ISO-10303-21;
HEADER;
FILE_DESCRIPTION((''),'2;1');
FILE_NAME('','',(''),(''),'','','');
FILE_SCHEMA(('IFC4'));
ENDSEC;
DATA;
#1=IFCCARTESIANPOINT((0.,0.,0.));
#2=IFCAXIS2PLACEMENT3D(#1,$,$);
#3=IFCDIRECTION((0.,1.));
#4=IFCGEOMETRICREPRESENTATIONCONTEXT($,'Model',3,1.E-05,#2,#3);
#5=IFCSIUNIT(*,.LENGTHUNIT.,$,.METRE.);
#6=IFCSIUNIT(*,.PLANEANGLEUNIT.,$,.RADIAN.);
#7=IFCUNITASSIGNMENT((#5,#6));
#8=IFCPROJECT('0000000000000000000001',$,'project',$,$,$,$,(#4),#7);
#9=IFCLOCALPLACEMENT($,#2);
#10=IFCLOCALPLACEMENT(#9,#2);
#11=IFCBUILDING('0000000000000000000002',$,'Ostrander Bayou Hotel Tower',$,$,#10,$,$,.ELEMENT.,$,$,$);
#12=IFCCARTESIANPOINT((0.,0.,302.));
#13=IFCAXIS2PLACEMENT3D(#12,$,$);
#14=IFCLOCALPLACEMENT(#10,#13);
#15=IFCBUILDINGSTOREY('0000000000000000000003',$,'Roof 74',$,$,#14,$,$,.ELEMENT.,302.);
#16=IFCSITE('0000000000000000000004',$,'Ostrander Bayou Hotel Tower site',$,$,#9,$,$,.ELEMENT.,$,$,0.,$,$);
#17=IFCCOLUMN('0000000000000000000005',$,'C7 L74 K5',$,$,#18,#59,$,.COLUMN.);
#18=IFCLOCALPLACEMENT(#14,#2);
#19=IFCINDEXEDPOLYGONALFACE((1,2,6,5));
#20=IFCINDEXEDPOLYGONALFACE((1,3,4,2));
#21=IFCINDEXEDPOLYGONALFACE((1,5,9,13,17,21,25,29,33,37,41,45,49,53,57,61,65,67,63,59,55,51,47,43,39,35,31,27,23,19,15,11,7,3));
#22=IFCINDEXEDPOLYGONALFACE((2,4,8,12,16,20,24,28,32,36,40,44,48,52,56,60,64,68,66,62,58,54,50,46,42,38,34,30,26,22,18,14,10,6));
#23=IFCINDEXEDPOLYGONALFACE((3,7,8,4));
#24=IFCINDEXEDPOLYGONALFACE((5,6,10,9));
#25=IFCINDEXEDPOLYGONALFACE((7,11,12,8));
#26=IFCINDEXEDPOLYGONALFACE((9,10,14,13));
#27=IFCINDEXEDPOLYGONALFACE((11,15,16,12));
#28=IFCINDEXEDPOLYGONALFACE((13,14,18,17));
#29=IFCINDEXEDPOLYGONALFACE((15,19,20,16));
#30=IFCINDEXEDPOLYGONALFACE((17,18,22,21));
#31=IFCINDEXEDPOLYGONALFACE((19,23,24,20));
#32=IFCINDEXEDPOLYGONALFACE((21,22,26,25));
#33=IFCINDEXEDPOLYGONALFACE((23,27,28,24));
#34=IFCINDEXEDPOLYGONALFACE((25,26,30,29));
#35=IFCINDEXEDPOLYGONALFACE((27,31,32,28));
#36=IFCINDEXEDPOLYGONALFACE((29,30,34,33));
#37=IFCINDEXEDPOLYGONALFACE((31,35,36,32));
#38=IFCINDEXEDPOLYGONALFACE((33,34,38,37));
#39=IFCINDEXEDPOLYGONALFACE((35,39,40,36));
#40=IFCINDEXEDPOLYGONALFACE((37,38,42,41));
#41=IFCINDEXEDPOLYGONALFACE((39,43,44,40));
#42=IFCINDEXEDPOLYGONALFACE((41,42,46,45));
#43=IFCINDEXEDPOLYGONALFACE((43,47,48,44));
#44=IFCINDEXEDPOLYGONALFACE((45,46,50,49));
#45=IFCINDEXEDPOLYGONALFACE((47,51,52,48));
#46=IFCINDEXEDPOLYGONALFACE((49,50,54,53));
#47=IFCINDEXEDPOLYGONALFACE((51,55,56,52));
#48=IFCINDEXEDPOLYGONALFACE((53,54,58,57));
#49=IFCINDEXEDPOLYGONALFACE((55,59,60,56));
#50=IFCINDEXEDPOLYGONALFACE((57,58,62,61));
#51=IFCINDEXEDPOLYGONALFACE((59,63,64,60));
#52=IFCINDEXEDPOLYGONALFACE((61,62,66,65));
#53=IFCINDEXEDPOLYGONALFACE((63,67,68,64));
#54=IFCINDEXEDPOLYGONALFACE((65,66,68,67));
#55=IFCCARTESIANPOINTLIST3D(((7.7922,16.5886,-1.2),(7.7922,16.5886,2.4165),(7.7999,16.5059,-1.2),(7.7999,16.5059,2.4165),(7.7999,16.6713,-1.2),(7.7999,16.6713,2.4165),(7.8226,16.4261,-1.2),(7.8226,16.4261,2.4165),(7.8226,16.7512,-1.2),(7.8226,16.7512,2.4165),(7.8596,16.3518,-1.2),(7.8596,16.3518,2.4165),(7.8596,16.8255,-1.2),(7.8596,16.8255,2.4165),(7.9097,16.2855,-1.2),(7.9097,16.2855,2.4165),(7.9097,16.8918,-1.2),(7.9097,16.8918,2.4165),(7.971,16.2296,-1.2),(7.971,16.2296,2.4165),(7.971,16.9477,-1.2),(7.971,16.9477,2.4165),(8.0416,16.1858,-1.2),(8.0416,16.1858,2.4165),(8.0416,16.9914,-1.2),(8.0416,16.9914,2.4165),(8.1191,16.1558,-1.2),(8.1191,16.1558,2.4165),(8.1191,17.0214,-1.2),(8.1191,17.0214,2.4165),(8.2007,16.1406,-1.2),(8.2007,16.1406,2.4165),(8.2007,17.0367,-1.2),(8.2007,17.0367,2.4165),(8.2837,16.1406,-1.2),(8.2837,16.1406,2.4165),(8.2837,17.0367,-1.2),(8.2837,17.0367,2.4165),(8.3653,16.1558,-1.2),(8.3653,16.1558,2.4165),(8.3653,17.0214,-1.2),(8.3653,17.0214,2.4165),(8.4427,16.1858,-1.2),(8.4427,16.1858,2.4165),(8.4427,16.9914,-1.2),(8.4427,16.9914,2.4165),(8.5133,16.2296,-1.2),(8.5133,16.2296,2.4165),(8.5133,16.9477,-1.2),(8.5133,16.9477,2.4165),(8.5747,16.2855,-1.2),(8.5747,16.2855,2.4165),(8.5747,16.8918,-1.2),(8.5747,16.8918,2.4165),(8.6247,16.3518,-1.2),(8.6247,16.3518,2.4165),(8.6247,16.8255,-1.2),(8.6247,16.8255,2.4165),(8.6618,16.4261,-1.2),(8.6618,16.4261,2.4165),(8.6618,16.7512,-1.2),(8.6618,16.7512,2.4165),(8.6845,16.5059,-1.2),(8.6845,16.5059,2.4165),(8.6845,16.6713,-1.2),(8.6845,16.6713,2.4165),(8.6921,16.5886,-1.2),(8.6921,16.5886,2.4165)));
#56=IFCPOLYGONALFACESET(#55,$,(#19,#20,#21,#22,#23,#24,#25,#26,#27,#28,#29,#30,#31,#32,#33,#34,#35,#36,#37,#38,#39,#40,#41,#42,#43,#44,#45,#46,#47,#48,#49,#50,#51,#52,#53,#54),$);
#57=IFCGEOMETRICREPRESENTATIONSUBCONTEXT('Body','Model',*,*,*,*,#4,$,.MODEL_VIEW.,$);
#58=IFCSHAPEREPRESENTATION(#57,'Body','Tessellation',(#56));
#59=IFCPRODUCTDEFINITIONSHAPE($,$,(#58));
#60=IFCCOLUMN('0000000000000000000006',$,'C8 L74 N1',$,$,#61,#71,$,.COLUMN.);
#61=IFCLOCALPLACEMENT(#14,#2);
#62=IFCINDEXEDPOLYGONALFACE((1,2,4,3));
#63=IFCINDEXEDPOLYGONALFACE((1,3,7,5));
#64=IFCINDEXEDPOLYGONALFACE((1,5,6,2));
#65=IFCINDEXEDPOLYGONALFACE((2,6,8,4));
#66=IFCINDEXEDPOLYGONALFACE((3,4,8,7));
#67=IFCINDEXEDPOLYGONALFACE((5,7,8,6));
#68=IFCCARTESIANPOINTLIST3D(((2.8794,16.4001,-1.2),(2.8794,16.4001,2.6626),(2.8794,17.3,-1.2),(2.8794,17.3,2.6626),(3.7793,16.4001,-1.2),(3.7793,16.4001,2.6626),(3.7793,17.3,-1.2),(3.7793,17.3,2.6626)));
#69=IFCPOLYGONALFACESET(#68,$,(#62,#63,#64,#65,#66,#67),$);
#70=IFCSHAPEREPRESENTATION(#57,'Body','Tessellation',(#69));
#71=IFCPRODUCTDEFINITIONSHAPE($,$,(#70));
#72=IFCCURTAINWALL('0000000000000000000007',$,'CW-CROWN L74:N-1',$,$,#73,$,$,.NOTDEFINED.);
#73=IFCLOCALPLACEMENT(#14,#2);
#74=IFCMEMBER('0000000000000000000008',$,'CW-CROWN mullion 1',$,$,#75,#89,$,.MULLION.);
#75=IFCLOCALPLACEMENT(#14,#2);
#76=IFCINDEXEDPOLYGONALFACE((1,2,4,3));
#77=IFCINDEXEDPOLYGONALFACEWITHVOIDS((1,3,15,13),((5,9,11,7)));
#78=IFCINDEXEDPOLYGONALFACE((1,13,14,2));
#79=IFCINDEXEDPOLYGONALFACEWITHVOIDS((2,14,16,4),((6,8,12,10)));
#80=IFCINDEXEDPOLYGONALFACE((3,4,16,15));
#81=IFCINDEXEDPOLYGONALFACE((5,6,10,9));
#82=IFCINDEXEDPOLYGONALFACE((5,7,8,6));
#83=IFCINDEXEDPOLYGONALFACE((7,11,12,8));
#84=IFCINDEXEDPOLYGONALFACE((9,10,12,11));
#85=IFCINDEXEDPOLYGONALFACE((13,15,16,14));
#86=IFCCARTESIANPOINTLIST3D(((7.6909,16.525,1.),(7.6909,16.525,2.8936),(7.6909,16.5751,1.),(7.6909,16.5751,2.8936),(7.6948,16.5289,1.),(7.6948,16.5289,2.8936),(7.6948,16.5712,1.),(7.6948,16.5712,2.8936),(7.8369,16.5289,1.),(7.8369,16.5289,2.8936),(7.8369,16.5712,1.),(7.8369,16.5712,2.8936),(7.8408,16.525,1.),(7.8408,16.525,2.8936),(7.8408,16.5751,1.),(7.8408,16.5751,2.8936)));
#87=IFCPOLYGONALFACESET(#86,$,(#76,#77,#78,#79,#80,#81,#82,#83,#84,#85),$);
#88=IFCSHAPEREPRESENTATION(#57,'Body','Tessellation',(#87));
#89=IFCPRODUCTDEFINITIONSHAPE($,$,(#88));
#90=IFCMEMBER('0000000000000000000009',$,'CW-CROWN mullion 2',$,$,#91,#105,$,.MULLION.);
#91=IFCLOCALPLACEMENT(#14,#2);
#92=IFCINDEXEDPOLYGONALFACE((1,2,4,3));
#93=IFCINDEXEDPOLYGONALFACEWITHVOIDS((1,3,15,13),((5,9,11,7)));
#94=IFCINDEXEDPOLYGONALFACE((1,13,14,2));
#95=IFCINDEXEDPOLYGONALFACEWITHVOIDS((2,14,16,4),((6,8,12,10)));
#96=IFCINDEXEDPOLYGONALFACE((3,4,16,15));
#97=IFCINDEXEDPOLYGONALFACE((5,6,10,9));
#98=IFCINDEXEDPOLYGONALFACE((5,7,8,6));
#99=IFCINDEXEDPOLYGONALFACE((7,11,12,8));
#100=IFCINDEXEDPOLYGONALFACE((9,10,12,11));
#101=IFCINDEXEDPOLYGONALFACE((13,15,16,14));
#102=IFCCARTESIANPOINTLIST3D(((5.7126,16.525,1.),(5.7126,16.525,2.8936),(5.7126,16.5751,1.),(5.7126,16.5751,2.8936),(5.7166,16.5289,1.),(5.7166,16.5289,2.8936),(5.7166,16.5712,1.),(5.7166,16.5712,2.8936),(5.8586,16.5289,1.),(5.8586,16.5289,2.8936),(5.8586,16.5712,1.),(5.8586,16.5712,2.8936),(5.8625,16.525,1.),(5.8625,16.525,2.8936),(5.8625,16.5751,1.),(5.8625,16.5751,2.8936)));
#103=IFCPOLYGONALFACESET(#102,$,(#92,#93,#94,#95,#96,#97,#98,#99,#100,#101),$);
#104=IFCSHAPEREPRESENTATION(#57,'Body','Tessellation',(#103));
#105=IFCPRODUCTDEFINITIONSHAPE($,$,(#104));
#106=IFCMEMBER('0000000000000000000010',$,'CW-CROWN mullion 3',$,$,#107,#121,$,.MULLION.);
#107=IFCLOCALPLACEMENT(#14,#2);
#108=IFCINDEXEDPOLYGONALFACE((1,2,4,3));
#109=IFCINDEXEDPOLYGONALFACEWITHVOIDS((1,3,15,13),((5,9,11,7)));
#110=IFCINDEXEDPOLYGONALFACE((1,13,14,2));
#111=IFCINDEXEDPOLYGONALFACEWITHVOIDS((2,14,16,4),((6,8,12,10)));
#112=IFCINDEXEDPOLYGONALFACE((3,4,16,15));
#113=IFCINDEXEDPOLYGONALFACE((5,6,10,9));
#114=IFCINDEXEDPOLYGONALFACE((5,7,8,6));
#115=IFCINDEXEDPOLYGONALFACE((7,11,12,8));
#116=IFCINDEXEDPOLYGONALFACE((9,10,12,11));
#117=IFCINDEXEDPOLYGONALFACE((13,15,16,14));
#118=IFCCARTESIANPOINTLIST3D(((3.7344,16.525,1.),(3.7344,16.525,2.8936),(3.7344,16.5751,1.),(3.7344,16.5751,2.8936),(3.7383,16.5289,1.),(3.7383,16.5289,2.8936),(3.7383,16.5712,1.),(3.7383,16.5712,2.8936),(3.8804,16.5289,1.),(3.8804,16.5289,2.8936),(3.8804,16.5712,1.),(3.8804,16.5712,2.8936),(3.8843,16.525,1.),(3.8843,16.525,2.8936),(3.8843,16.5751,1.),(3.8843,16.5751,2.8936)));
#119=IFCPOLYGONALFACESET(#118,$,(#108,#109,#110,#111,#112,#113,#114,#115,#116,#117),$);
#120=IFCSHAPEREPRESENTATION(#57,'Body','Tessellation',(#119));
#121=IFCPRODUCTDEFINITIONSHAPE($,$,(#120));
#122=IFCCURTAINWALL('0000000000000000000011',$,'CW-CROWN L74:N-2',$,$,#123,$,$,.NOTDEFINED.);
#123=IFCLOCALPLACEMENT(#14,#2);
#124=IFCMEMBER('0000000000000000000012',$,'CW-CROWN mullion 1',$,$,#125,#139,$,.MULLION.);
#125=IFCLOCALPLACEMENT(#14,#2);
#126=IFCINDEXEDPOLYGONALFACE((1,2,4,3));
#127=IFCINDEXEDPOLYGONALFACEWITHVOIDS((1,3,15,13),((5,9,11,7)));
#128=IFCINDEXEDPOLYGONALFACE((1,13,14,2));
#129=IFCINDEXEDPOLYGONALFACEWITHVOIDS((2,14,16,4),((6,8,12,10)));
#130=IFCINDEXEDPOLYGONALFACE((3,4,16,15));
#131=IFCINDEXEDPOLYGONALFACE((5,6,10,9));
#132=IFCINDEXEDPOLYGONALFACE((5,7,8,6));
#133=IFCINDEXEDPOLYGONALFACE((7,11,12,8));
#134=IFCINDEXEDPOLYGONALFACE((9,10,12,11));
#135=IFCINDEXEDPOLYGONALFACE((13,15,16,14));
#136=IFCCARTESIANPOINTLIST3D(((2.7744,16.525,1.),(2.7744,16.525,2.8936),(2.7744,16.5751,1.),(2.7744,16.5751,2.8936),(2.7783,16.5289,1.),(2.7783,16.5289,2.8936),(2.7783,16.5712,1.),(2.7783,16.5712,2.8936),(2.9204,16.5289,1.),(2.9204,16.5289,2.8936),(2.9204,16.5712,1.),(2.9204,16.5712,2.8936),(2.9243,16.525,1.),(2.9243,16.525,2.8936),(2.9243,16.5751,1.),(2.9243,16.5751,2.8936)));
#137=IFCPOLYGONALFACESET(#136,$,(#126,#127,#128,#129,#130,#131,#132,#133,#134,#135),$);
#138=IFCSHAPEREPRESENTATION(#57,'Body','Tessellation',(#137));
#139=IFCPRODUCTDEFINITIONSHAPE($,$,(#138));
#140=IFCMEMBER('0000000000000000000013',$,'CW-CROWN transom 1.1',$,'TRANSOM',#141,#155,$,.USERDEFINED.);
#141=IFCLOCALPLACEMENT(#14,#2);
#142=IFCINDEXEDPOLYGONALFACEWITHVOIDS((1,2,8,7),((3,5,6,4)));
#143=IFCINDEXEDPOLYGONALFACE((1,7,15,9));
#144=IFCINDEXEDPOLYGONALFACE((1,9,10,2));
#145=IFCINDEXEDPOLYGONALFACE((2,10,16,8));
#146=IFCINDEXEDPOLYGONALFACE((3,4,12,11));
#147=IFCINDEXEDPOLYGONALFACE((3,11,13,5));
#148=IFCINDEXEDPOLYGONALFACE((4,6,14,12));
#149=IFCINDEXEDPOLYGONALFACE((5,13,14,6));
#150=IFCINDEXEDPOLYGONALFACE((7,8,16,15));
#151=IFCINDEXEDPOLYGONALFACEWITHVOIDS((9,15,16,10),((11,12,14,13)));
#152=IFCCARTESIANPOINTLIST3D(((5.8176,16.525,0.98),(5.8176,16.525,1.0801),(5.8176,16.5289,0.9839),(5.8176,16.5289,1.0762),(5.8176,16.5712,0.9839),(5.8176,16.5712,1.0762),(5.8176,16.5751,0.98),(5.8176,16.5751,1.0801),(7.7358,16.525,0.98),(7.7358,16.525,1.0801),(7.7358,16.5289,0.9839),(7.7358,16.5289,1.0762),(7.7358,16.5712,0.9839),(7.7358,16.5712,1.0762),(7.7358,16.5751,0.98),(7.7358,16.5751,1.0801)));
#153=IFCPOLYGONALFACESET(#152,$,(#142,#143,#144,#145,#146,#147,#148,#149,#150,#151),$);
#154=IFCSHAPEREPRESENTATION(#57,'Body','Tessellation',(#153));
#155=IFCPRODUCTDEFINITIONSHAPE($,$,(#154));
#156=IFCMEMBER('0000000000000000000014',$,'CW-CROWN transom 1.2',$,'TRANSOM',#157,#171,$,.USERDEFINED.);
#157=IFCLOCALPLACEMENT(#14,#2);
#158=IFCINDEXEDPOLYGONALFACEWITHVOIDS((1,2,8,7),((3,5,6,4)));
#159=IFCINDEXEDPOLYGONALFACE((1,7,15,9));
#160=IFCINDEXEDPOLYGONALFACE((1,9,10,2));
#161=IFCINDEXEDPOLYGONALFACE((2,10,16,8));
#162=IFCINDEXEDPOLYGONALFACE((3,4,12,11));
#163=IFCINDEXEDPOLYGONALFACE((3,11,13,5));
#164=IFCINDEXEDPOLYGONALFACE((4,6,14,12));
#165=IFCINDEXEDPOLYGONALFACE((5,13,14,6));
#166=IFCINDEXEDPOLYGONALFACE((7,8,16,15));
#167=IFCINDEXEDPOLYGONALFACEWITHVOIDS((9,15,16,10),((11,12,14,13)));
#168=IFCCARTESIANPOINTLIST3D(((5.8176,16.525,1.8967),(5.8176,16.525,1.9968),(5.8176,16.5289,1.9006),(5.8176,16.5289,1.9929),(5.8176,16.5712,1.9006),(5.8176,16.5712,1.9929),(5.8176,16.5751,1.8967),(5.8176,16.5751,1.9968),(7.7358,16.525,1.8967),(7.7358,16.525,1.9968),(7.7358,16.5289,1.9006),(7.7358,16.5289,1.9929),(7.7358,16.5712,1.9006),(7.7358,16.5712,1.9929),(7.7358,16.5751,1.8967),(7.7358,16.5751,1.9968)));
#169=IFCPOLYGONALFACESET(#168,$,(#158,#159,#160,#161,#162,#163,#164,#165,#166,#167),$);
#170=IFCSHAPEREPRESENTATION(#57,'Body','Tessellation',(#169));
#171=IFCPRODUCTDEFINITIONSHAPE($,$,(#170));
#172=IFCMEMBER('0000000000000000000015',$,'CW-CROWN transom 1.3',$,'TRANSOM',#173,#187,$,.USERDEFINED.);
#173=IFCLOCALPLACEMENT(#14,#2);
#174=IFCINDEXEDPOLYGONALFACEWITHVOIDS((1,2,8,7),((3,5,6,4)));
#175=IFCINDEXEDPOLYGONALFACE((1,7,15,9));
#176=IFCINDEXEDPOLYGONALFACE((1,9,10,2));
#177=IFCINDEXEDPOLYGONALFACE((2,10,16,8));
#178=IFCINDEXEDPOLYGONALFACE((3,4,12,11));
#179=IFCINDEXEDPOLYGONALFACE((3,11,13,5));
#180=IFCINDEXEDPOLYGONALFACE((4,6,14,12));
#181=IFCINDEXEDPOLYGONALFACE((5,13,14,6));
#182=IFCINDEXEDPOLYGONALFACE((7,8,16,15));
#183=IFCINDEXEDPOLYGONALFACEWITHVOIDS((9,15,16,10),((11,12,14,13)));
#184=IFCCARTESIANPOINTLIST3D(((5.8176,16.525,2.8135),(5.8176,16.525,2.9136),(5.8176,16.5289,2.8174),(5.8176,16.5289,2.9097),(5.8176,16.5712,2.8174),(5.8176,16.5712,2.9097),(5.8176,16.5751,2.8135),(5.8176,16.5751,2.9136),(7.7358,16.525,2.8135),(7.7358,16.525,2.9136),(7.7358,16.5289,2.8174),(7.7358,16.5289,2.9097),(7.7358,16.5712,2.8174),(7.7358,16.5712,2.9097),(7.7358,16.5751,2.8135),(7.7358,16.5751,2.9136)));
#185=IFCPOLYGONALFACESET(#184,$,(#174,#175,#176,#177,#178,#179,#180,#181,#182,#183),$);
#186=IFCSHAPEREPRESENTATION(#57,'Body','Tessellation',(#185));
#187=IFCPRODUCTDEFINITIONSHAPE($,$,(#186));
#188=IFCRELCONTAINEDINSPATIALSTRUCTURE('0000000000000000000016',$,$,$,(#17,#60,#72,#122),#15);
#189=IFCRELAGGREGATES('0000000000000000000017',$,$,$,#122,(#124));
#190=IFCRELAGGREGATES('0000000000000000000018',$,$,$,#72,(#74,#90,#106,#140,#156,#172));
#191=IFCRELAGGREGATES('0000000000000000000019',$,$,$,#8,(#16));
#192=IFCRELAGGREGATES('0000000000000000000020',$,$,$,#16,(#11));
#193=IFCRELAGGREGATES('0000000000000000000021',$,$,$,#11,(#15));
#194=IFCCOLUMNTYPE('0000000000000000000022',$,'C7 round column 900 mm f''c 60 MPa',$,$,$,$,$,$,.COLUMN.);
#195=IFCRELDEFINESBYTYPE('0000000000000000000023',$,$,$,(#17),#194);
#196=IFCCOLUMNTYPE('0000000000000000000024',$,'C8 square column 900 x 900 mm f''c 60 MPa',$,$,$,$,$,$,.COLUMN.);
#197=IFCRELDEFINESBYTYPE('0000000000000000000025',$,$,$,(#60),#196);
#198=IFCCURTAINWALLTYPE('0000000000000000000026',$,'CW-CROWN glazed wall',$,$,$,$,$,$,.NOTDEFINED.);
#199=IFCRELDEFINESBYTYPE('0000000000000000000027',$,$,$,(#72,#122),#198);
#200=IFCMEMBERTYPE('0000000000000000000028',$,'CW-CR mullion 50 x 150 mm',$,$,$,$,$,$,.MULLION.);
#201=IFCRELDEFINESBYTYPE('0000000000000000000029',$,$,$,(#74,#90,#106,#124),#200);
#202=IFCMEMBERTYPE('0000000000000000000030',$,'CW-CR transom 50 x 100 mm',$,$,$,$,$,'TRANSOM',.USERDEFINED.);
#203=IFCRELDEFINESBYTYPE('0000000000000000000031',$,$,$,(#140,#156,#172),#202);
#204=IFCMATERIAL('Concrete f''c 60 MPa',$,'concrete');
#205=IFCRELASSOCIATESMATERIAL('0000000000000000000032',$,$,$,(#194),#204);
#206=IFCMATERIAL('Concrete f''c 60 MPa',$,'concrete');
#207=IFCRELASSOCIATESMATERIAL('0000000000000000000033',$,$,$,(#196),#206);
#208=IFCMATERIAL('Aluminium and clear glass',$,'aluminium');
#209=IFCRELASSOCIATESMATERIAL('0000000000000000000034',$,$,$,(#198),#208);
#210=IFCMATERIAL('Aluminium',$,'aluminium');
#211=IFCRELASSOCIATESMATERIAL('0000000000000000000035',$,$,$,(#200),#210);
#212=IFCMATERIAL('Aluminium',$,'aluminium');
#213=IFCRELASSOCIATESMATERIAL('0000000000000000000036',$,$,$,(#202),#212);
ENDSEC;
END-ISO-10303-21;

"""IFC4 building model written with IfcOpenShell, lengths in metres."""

from ifc_helpers import new_model, si_unit, direction, frame, origin, origin_2d, place, context, subcontext, project, spatial, rectangle, hollow_rectangle, circle, extrude, material, material_profile, profile_set, type_object, element, aggregate, save


model = new_model("IFC4")

# Units and contexts
model_context = context("Model", 3, precision=1e-05, world=origin(), true_north=direction((0.0, 1.0)))
body_context = subcontext(model_context, "Body", "Model", "MODEL_VIEW")
ifc_project = project(units=[si_unit("LENGTHUNIT", "METRE"), si_unit("PLANEANGLEUNIT", "RADIAN")], contexts=[model_context])

# Site, building, storey
site_placement = place(None, origin())
site = spatial("IfcSite", under=ifc_project, at=site_placement, Name="Ostrander Bayou Hotel Tower site", CompositionType="ELEMENT", RefElevation=0.0)
building_placement = place(site_placement, origin())
building = spatial("IfcBuilding", under=site, at=building_placement, Name="Ostrander Bayou Hotel Tower", CompositionType="ELEMENT")
storey_placement = place(building_placement, frame((0.0, 0.0, 302.0)))
storey = spatial("IfcBuildingStorey", under=building, at=storey_placement, Name="Roof 74", CompositionType="ELEMENT", Elevation=302.0)

# Columns
ifc_material_1 = material(Name="Concrete f'c 60 MPa", Category="concrete")
ifc_material_profile_1 = material_profile(ifc_material_1, circle(Radius=0.45, at=origin_2d()))
ifc_profile_set_1 = profile_set([ifc_material_profile_1], Name="Concrete f'c 60 MPa")
column_type_1 = type_object("IfcColumnType", Name="C7 round column 900 mm f'c 60 MPa", PredefinedType="COLUMN", material=ifc_profile_set_1)
column_1_placement = place(storey_placement, frame((8.2422, 16.5886, -1.2), z_axis=(0.0, 0.0, 1.0), x_axis=(1.0, 0.0, 0.0)))
element("IfcColumn", 1, at=column_1_placement, inside=storey, type_object=column_type_1, Name="C7 L74 K5", PredefinedType="COLUMN", context=body_context, shape_type="SweptSolid", body=[
    extrude(circle(Radius=0.45, at=origin_2d()), origin(), (0.0, 0.0, 1.0), 3.6165),
])
ifc_material_2 = material(Name="Concrete f'c 60 MPa", Category="concrete")
ifc_material_profile_2 = material_profile(ifc_material_2, rectangle(XDim=0.8999, YDim=0.8999, at=origin_2d()))
ifc_profile_set_2 = profile_set([ifc_material_profile_2], Name="Concrete f'c 60 MPa")
column_type_2 = type_object("IfcColumnType", Name="C8 square column 900 x 900 mm f'c 60 MPa", PredefinedType="COLUMN", material=ifc_profile_set_2)
column_2_placement = place(storey_placement, frame((3.3293, 16.8501, -1.2), z_axis=(0.0, 0.0, 1.0), x_axis=(1.0, 0.0, 0.0)))
element("IfcColumn", 2, at=column_2_placement, inside=storey, type_object=column_type_2, Name="C8 L74 N1", PredefinedType="COLUMN", context=body_context, shape_type="SweptSolid", body=[
    extrude(rectangle(XDim=0.8999, YDim=0.8999, at=origin_2d()), origin(), (0.0, 0.0, 1.0), 3.8625),
])

# Curtain wall, members
ifc_material_3 = material(Name="Aluminium and clear glass", Category="aluminium")
curtain_wall_type = type_object("IfcCurtainWallType", Name="CW-CROWN glazed wall", PredefinedType="NOTDEFINED", material=ifc_material_3)
curtain_wall_1_placement = place(storey_placement, origin())
curtain_wall_1 = element("IfcCurtainWall", 3, at=curtain_wall_1_placement, inside=storey, type_object=curtain_wall_type, Name="CW-CROWN L74:N-1", PredefinedType="NOTDEFINED")
ifc_material_4 = material(Name="Aluminium", Category="aluminium")
ifc_material_profile_3 = material_profile(ifc_material_4, hollow_rectangle(XDim=0.05, YDim=0.1499, WallThickness=0.0039, at=origin_2d()))
ifc_profile_set_3 = profile_set([ifc_material_profile_3], Name="Aluminium")
member_type_1 = type_object("IfcMemberType", Name="CW-CR mullion 50 x 150 mm", PredefinedType="MULLION", material=ifc_profile_set_3)
member_1_placement = place(storey_placement, frame((7.7659, 16.55, 1.0), z_axis=(0.0, 0.0, 1.0), x_axis=(0.0, -1.0, 0.0)))
member_1 = element("IfcMember", 4, at=member_1_placement, type_object=member_type_1, Name="CW-CROWN mullion 1", PredefinedType="MULLION", context=body_context, shape_type="SweptSolid", body=[
    extrude(hollow_rectangle(XDim=0.05, YDim=0.1499, WallThickness=0.0039, at=origin_2d()), origin(), (0.0, 0.0, 1.0), 1.8936),
])
member_2_placement = place(storey_placement, frame((5.7876, 16.55, 1.0), z_axis=(0.0, 0.0, 1.0), x_axis=(0.0, -1.0, 0.0)))
member_2 = element("IfcMember", 5, at=member_2_placement, type_object=member_type_1, Name="CW-CROWN mullion 2", PredefinedType="MULLION", context=body_context, shape_type="SweptSolid", body=[
    extrude(hollow_rectangle(XDim=0.05, YDim=0.1499, WallThickness=0.0039, at=origin_2d()), origin(), (0.0, 0.0, 1.0), 1.8936),
])
member_3_placement = place(storey_placement, frame((3.8093, 16.55, 1.0), z_axis=(0.0, 0.0, 1.0), x_axis=(0.0, -1.0, 0.0)))
member_3 = element("IfcMember", 6, at=member_3_placement, type_object=member_type_1, Name="CW-CROWN mullion 3", PredefinedType="MULLION", context=body_context, shape_type="SweptSolid", body=[
    extrude(hollow_rectangle(XDim=0.05, YDim=0.1499, WallThickness=0.0039, at=origin_2d()), origin(), (0.0, 0.0, 1.0), 1.8936),
])

# Curtain wall, member
curtain_wall_2_placement = place(storey_placement, origin())
curtain_wall_2 = element("IfcCurtainWall", 7, at=curtain_wall_2_placement, inside=storey, type_object=curtain_wall_type, Name="CW-CROWN L74:N-2", PredefinedType="NOTDEFINED")
member_4_placement = place(storey_placement, frame((2.8494, 16.55, 1.0), z_axis=(0.0, 0.0, 1.0), x_axis=(0.0, -1.0, 0.0)))
member_4 = element("IfcMember", 8, at=member_4_placement, type_object=member_type_1, Name="CW-CROWN mullion 1", PredefinedType="MULLION", context=body_context, shape_type="SweptSolid", body=[
    extrude(hollow_rectangle(XDim=0.05, YDim=0.1499, WallThickness=0.0039, at=origin_2d()), origin(), (0.0, 0.0, 1.0), 1.8936),
])

# Members
ifc_material_5 = material(Name="Aluminium", Category="aluminium")
ifc_material_profile_4 = material_profile(ifc_material_5, hollow_rectangle(XDim=0.05, YDim=0.1001, WallThickness=0.0039, at=origin_2d()))
ifc_profile_set_4 = profile_set([ifc_material_profile_4], Name="Aluminium")
member_type_2 = type_object("IfcMemberType", Name="CW-CR transom 50 x 100 mm", ElementType="TRANSOM", PredefinedType="USERDEFINED", material=ifc_profile_set_4)
member_5_placement = place(storey_placement, frame((7.7358, 16.55, 1.03), z_axis=(-1.0, 0.0, 0.0), x_axis=(0.0, -1.0, 0.0)))
member_5 = element("IfcMember", 9, at=member_5_placement, type_object=member_type_2, Name="CW-CROWN transom 1.1", ObjectType="TRANSOM", PredefinedType="USERDEFINED", context=body_context, shape_type="SweptSolid", body=[
    extrude(hollow_rectangle(XDim=0.05, YDim=0.1001, WallThickness=0.0039, at=origin_2d()), origin(), (0.0, 0.0, 1.0), 1.9182),
])
member_6_placement = place(storey_placement, frame((7.7358, 16.55, 1.9468), z_axis=(-1.0, 0.0, 0.0), x_axis=(0.0, -1.0, 0.0)))
member_6 = element("IfcMember", 10, at=member_6_placement, type_object=member_type_2, Name="CW-CROWN transom 1.2", ObjectType="TRANSOM", PredefinedType="USERDEFINED", context=body_context, shape_type="SweptSolid", body=[
    extrude(hollow_rectangle(XDim=0.05, YDim=0.1001, WallThickness=0.0039, at=origin_2d()), origin(), (0.0, 0.0, 1.0), 1.9182),
])
member_7_placement = place(storey_placement, frame((7.7358, 16.55, 2.8635), z_axis=(-1.0, 0.0, 0.0), x_axis=(0.0, -1.0, 0.0)))
member_7 = element("IfcMember", 11, at=member_7_placement, type_object=member_type_2, Name="CW-CROWN transom 1.3", ObjectType="TRANSOM", PredefinedType="USERDEFINED", context=body_context, shape_type="SweptSolid", body=[
    extrude(hollow_rectangle(XDim=0.05, YDim=0.1001, WallThickness=0.0039, at=origin_2d()), origin(), (0.0, 0.0, 1.0), 1.9182),
])
aggregate(curtain_wall_2, [member_4])

aggregate(curtain_wall_1, [member_1, member_2, member_3, member_5, member_6, member_7])

save(model, "model.ifc")
